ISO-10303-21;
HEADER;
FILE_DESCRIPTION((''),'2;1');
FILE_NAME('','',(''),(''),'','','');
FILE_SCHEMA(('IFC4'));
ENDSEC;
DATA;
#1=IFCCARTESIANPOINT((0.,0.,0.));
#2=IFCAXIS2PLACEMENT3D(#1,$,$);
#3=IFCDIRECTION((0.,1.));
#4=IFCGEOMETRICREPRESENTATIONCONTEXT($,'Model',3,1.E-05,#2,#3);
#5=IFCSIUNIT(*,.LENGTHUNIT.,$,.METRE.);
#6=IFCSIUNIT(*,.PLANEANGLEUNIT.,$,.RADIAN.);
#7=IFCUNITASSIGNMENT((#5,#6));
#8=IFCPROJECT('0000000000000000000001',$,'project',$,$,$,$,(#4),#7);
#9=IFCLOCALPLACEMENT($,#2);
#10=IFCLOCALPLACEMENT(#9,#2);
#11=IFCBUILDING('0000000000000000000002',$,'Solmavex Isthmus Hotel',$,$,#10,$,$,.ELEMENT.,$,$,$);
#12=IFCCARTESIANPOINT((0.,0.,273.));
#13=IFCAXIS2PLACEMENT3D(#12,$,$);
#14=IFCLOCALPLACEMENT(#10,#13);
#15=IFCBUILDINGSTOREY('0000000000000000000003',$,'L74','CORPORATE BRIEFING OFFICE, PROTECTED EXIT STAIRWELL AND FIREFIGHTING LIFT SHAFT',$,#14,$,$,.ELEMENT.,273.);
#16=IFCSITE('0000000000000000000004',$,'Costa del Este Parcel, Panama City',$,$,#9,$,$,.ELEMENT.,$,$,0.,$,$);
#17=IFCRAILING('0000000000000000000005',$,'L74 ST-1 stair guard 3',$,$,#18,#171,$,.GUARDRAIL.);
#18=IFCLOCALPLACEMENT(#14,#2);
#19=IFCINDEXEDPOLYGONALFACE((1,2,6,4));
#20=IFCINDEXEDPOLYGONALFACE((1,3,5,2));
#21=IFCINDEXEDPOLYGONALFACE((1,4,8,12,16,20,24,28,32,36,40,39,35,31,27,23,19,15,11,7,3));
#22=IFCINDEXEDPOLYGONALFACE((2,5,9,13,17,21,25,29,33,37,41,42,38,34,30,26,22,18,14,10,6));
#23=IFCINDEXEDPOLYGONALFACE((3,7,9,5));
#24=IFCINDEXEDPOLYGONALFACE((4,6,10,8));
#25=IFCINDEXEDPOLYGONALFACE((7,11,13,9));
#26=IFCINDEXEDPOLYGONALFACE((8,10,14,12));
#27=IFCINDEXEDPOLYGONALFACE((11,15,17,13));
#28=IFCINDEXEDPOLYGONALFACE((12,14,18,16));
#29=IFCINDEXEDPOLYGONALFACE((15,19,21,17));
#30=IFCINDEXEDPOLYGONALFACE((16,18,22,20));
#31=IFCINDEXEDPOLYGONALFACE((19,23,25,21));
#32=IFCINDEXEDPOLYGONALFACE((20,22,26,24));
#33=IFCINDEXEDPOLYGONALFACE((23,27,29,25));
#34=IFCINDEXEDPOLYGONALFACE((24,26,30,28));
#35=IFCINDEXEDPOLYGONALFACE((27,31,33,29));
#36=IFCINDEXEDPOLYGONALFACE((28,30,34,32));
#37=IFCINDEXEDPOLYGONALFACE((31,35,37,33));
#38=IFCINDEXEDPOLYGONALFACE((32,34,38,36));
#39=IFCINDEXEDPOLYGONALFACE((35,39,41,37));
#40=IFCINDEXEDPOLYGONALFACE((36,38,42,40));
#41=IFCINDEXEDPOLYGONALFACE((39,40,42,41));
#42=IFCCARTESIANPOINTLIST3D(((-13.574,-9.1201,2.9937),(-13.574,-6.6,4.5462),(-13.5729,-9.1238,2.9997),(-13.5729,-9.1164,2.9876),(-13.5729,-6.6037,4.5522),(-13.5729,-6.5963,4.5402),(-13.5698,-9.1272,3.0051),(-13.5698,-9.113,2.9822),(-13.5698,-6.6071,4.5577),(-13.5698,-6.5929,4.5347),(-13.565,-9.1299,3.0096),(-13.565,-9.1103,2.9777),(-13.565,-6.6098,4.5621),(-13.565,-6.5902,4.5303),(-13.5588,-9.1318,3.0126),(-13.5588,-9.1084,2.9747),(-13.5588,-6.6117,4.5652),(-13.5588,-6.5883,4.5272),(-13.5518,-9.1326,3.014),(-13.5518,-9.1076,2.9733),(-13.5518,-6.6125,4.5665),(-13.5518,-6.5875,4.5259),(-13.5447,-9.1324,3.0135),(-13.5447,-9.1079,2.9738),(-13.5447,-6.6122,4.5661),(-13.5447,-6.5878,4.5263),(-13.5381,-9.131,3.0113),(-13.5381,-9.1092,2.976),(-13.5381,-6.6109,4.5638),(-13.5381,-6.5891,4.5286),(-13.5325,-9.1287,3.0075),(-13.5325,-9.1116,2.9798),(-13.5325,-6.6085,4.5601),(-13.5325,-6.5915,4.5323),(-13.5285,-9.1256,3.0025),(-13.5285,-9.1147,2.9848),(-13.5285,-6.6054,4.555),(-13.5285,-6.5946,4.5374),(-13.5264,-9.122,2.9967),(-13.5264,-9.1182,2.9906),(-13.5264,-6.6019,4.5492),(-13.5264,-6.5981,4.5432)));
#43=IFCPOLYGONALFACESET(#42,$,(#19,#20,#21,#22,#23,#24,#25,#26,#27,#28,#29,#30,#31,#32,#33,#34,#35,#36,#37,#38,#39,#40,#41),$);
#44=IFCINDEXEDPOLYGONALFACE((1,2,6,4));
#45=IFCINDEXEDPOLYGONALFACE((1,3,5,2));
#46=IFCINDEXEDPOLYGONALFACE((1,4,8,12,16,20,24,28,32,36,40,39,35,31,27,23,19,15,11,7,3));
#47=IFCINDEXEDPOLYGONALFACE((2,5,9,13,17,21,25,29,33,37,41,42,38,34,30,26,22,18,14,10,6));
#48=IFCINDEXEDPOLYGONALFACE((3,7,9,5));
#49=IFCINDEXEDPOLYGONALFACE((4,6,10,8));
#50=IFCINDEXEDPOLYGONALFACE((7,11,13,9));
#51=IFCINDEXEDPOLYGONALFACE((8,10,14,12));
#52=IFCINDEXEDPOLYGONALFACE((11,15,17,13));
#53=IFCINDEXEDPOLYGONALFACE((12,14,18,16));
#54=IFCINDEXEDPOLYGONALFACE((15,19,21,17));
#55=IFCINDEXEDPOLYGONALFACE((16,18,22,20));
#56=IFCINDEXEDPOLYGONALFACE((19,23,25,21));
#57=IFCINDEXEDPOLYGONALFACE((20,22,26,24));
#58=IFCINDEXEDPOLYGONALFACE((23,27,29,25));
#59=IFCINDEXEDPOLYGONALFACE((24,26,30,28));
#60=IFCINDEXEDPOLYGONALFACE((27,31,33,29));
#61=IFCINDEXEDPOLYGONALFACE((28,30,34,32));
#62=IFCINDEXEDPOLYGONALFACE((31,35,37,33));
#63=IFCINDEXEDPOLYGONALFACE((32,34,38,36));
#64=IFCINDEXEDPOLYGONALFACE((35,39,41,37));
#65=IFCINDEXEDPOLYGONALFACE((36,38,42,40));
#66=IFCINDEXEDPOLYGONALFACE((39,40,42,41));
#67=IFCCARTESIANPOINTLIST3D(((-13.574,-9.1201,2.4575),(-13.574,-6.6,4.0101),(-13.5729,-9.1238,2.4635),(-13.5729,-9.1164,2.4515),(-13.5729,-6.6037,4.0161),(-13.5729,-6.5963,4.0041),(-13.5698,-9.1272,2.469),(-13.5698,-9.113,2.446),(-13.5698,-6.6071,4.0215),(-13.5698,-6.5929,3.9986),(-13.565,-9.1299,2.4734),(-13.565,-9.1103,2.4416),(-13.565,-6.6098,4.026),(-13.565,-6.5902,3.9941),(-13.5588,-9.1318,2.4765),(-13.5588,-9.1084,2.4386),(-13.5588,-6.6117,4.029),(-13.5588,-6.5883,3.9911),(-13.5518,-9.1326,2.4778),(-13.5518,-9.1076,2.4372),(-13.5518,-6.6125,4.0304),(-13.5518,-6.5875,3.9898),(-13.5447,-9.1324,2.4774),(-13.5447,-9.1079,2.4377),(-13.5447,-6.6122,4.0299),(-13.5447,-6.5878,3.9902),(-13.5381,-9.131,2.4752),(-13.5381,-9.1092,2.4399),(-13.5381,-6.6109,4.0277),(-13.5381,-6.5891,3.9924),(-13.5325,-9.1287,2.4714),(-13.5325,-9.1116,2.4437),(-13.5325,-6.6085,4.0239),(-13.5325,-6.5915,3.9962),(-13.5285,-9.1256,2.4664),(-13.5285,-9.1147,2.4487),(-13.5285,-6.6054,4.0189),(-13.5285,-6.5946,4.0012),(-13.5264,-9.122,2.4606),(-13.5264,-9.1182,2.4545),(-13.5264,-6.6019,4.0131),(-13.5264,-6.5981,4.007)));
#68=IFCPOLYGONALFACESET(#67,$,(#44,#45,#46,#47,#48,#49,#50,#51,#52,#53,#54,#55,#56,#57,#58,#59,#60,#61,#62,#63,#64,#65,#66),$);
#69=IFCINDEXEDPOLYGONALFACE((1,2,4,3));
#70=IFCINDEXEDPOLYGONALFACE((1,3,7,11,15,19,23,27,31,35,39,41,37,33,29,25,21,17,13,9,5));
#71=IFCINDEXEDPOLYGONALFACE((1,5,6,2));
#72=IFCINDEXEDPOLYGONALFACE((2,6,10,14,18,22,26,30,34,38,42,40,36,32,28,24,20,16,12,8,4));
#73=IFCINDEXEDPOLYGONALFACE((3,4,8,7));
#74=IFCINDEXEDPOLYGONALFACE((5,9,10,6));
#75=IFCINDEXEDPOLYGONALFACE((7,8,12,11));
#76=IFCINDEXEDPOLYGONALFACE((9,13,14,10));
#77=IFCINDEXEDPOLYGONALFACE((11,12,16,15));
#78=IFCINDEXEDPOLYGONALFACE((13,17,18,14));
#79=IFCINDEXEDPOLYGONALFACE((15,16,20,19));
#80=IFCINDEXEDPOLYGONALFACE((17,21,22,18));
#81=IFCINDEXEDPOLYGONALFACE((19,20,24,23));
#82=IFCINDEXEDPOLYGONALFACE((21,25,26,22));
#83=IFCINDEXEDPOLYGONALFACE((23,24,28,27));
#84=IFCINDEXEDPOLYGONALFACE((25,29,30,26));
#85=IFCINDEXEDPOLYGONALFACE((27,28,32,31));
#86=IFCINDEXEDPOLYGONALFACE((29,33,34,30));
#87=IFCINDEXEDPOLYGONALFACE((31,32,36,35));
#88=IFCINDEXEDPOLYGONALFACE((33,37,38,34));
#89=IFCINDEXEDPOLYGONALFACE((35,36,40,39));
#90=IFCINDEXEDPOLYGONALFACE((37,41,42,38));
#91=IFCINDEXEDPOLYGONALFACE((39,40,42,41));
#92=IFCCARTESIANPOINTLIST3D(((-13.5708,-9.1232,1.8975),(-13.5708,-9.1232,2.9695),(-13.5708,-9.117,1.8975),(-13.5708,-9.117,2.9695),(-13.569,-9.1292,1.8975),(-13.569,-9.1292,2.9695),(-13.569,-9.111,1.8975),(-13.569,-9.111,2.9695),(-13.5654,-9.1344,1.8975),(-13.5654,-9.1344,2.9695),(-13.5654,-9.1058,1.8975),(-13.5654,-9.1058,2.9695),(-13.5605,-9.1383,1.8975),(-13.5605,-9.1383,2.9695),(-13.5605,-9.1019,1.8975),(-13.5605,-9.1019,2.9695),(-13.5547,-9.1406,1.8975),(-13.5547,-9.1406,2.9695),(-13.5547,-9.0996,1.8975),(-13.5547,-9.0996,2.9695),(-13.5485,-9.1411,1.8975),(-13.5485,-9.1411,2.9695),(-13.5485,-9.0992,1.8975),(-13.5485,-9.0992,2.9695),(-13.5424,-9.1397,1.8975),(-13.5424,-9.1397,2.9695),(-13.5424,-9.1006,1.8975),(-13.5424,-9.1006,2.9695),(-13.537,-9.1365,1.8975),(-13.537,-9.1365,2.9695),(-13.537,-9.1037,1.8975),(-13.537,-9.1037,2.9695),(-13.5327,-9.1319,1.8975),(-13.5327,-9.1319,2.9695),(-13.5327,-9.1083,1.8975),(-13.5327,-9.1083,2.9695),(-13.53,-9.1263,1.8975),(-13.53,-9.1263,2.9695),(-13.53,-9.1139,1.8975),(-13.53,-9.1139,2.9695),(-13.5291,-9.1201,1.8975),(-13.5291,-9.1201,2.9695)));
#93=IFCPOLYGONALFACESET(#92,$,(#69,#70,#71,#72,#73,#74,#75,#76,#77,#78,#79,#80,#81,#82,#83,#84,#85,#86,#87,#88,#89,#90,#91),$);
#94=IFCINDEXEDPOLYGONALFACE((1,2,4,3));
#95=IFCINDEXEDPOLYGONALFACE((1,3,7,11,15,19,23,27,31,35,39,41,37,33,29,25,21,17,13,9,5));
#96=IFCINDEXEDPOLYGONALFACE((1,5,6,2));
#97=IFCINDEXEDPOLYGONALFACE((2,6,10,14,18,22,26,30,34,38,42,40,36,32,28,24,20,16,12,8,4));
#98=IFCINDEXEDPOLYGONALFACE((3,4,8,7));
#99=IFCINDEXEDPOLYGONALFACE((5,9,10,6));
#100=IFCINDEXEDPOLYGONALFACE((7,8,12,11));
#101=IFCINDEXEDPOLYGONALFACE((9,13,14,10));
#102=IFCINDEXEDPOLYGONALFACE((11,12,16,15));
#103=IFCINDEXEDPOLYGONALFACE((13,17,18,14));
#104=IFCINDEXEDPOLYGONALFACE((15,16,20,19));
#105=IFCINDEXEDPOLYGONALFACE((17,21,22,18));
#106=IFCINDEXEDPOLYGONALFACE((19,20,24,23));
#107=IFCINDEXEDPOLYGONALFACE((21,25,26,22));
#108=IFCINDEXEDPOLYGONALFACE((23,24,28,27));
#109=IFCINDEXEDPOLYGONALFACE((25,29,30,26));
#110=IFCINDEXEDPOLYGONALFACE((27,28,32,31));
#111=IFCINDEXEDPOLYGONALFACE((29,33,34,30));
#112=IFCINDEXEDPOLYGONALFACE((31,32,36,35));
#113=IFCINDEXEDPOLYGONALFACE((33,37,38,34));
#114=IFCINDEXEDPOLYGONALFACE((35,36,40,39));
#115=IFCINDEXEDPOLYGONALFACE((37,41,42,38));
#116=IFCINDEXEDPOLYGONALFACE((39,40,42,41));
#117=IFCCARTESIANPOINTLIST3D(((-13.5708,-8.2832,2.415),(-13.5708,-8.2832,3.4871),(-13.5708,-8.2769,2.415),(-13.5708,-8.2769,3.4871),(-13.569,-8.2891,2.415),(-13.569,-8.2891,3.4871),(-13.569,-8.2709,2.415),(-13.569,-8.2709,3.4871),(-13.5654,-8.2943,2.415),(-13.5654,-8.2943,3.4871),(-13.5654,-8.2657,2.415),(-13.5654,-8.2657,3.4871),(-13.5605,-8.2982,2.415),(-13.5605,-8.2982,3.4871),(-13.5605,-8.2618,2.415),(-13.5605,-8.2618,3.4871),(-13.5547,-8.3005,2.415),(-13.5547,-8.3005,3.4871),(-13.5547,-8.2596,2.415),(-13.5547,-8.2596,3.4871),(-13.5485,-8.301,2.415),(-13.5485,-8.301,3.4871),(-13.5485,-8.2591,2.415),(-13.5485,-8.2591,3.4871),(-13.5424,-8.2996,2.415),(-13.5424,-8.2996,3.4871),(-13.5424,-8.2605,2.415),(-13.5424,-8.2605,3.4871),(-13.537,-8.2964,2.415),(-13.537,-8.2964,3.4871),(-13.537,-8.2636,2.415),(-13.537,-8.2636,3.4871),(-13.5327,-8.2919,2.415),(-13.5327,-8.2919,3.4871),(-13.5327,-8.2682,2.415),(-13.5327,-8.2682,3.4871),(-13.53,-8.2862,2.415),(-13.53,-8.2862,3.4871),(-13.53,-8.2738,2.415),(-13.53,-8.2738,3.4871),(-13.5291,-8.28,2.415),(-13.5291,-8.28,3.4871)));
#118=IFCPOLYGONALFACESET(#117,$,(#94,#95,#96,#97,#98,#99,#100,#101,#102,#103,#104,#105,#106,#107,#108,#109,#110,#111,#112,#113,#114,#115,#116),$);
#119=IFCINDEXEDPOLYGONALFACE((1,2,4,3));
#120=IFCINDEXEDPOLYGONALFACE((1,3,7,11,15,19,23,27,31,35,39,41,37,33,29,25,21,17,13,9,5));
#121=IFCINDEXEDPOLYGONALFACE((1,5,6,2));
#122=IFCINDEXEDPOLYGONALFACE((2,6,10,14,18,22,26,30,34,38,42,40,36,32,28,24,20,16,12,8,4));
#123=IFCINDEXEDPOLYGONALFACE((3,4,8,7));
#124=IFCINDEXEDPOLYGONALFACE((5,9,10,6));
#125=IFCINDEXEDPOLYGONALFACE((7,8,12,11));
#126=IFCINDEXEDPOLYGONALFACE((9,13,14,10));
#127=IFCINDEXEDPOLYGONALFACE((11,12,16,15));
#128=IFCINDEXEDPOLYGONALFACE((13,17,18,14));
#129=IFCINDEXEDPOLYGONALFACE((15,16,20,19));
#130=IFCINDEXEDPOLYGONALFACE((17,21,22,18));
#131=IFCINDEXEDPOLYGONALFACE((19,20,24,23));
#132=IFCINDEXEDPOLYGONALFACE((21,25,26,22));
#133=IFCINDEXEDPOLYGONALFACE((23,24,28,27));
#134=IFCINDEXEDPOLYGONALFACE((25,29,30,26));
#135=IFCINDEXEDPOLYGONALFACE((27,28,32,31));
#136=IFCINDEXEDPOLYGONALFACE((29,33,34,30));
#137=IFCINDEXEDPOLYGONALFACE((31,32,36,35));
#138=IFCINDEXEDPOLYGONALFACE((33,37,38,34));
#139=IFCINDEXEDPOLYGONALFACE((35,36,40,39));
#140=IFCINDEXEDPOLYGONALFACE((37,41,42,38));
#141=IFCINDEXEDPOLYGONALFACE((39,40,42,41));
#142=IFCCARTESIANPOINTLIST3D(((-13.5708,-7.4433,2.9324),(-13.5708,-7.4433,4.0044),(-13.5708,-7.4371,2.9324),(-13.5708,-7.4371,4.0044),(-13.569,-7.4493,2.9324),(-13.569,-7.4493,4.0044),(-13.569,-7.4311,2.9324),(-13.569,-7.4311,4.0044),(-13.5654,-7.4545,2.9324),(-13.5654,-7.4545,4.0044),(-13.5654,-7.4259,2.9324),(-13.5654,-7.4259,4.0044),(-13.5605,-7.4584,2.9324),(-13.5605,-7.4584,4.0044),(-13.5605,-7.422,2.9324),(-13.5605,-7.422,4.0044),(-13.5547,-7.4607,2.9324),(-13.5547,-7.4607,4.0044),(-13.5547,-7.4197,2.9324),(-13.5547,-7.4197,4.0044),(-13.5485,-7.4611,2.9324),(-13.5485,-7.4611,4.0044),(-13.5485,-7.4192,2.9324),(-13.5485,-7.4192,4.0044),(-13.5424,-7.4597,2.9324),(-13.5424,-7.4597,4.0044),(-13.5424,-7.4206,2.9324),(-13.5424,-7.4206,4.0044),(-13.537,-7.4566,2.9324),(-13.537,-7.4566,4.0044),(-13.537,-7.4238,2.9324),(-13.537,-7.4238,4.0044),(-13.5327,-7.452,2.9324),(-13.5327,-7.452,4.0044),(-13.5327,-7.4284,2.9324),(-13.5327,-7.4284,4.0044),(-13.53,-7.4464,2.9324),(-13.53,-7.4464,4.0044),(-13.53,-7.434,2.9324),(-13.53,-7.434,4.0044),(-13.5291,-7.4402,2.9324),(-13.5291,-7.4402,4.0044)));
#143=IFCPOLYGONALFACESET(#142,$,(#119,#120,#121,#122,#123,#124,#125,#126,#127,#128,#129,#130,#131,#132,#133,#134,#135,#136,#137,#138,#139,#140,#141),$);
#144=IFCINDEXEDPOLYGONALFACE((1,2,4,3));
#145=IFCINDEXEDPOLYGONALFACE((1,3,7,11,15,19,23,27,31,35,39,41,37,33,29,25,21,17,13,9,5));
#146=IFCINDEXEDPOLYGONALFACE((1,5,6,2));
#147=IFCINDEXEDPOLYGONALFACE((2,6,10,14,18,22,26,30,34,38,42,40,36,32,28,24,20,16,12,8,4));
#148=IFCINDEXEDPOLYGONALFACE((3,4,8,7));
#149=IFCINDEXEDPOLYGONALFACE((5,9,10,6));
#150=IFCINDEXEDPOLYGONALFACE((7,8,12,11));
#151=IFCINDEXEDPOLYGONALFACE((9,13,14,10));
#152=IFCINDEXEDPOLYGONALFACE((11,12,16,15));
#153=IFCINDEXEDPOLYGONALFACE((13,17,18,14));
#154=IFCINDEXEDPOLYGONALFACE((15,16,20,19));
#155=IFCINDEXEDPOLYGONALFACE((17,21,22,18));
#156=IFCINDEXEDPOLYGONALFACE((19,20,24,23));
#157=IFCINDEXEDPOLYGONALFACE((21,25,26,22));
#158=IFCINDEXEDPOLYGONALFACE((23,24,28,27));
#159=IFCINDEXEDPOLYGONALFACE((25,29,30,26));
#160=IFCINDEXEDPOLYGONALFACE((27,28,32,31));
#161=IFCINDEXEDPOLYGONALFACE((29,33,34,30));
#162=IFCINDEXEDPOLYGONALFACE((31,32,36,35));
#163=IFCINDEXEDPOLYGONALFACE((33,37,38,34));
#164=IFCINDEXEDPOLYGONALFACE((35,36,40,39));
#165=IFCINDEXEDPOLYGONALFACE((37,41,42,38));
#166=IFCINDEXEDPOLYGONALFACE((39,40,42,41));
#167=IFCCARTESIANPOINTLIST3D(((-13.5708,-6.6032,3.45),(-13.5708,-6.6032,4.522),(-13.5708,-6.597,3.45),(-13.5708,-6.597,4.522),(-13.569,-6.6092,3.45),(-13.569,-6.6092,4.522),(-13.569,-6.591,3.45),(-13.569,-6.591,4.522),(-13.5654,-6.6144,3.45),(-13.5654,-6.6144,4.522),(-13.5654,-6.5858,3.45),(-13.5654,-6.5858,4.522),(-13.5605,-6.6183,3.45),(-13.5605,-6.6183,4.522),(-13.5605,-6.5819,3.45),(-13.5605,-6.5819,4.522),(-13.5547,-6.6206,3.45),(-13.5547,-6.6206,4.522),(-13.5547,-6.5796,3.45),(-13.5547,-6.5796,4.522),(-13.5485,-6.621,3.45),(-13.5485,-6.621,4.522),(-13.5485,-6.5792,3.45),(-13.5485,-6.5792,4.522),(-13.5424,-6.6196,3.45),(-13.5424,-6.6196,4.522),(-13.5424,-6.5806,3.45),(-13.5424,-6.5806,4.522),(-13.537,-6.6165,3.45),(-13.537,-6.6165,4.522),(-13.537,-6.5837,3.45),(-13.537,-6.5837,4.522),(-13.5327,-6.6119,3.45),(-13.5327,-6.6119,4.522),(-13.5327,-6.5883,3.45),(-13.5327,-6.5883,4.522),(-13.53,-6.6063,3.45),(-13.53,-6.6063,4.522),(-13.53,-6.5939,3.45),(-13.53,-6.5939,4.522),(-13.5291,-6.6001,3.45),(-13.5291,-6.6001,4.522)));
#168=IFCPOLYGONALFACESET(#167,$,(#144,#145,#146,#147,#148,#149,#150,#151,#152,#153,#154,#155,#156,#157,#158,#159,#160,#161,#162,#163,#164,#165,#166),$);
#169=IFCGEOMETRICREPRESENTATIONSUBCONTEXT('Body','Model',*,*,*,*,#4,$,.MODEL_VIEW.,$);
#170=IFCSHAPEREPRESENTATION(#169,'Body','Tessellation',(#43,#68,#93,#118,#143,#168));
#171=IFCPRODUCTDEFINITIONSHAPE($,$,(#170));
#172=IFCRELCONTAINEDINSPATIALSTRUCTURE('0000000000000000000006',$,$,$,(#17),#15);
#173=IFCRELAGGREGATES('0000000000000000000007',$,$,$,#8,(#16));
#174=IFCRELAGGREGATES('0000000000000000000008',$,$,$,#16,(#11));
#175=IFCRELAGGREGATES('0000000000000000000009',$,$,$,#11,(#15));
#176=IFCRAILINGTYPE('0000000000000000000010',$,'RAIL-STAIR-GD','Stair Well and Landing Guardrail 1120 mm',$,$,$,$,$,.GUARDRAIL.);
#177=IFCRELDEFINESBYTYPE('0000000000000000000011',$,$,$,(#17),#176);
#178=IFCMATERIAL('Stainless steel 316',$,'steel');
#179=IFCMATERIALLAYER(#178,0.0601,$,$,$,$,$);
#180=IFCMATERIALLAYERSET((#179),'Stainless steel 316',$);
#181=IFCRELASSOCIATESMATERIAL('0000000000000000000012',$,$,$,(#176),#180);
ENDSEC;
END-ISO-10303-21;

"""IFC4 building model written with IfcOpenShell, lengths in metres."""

from ifc_helpers import new_model, si_unit, direction, frame, origin, origin_2d, place, context, subcontext, project, spatial, circle, extrude, material, layer, layer_set, type_object, element, save


model = new_model("IFC4")

# Units and contexts
model_context = context("Model", 3, precision=1e-05, world=origin(), true_north=direction((0.0, 1.0)))
body_context = subcontext(model_context, "Body", "Model", "MODEL_VIEW")
ifc_project = project(units=[si_unit("LENGTHUNIT", "METRE"), si_unit("PLANEANGLEUNIT", "RADIAN")], contexts=[model_context])

# Site, building, storey
site_placement = place(None, origin())
site = spatial("IfcSite", under=ifc_project, at=site_placement, Name="Costa del Este Parcel, Panama City", CompositionType="ELEMENT", RefElevation=0.0)
building_placement = place(site_placement, origin())
building = spatial("IfcBuilding", under=site, at=building_placement, Name="Solmavex Isthmus Hotel", CompositionType="ELEMENT")
storey_placement = place(building_placement, frame((0.0, 0.0, 273.0)))
storey = spatial("IfcBuildingStorey", under=building, at=storey_placement, Name="L74", Description="CORPORATE BRIEFING OFFICE, PROTECTED EXIT STAIRWELL AND FIREFIGHTING LIFT SHAFT", CompositionType="ELEMENT", Elevation=273.0)

# Shared definitions
ifc_material_1 = material(Name="Stainless steel 316", Category="steel")

# Railing
ifc_layer_1 = layer(ifc_material_1, 0.0601)
ifc_layer_set_1 = layer_set([ifc_layer_1], Name="Stainless steel 316")
railing_type_1 = type_object("IfcRailingType", Name="RAIL-STAIR-GD", Description="Stair Well and Landing Guardrail 1120 mm", PredefinedType="GUARDRAIL", material=ifc_layer_set_1)
railing_1_placement = place(storey_placement, frame((-13.55, -9.1201, 1.8975)))
element("IfcRailing", 1, at=railing_1_placement, inside=storey, type_object=railing_type_1, Name="L74 ST-1 stair guard 3", PredefinedType="GUARDRAIL", context=body_context, shape_type="SweptSolid", body=[
    extrude(circle(Radius=0.0239, at=origin_2d()), frame((0.0, 0.0, 1.0962), z_axis=(0.0, 0.8514, 0.524516), x_axis=(-1.0, 0.0, 0.0)), (0.0, 0.0, 1.0), 2.96),
    extrude(circle(Radius=0.0239, at=origin_2d()), frame((0.0, 0.0, 0.5601), z_axis=(0.0, 0.8514, 0.524516), x_axis=(-1.0, 0.0, 0.0)), (0.0, 0.0, 1.0), 2.96),
    extrude(circle(Radius=0.021, at=origin_2d()), origin(), (0.0, 0.0, 1.0), 1.072),
    extrude(circle(Radius=0.021, at=origin_2d()), frame((0.0, 0.8401, 0.5176)), (0.0, 0.0, 1.0), 1.072),
    extrude(circle(Radius=0.021, at=origin_2d()), frame((0.0, 1.6799, 1.0349)), (0.0, 0.0, 1.0), 1.072),
    extrude(circle(Radius=0.021, at=origin_2d()), frame((0.0, 2.52, 1.5525)), (0.0, 0.0, 1.0), 1.072),
])

save(model, "model.ifc")
